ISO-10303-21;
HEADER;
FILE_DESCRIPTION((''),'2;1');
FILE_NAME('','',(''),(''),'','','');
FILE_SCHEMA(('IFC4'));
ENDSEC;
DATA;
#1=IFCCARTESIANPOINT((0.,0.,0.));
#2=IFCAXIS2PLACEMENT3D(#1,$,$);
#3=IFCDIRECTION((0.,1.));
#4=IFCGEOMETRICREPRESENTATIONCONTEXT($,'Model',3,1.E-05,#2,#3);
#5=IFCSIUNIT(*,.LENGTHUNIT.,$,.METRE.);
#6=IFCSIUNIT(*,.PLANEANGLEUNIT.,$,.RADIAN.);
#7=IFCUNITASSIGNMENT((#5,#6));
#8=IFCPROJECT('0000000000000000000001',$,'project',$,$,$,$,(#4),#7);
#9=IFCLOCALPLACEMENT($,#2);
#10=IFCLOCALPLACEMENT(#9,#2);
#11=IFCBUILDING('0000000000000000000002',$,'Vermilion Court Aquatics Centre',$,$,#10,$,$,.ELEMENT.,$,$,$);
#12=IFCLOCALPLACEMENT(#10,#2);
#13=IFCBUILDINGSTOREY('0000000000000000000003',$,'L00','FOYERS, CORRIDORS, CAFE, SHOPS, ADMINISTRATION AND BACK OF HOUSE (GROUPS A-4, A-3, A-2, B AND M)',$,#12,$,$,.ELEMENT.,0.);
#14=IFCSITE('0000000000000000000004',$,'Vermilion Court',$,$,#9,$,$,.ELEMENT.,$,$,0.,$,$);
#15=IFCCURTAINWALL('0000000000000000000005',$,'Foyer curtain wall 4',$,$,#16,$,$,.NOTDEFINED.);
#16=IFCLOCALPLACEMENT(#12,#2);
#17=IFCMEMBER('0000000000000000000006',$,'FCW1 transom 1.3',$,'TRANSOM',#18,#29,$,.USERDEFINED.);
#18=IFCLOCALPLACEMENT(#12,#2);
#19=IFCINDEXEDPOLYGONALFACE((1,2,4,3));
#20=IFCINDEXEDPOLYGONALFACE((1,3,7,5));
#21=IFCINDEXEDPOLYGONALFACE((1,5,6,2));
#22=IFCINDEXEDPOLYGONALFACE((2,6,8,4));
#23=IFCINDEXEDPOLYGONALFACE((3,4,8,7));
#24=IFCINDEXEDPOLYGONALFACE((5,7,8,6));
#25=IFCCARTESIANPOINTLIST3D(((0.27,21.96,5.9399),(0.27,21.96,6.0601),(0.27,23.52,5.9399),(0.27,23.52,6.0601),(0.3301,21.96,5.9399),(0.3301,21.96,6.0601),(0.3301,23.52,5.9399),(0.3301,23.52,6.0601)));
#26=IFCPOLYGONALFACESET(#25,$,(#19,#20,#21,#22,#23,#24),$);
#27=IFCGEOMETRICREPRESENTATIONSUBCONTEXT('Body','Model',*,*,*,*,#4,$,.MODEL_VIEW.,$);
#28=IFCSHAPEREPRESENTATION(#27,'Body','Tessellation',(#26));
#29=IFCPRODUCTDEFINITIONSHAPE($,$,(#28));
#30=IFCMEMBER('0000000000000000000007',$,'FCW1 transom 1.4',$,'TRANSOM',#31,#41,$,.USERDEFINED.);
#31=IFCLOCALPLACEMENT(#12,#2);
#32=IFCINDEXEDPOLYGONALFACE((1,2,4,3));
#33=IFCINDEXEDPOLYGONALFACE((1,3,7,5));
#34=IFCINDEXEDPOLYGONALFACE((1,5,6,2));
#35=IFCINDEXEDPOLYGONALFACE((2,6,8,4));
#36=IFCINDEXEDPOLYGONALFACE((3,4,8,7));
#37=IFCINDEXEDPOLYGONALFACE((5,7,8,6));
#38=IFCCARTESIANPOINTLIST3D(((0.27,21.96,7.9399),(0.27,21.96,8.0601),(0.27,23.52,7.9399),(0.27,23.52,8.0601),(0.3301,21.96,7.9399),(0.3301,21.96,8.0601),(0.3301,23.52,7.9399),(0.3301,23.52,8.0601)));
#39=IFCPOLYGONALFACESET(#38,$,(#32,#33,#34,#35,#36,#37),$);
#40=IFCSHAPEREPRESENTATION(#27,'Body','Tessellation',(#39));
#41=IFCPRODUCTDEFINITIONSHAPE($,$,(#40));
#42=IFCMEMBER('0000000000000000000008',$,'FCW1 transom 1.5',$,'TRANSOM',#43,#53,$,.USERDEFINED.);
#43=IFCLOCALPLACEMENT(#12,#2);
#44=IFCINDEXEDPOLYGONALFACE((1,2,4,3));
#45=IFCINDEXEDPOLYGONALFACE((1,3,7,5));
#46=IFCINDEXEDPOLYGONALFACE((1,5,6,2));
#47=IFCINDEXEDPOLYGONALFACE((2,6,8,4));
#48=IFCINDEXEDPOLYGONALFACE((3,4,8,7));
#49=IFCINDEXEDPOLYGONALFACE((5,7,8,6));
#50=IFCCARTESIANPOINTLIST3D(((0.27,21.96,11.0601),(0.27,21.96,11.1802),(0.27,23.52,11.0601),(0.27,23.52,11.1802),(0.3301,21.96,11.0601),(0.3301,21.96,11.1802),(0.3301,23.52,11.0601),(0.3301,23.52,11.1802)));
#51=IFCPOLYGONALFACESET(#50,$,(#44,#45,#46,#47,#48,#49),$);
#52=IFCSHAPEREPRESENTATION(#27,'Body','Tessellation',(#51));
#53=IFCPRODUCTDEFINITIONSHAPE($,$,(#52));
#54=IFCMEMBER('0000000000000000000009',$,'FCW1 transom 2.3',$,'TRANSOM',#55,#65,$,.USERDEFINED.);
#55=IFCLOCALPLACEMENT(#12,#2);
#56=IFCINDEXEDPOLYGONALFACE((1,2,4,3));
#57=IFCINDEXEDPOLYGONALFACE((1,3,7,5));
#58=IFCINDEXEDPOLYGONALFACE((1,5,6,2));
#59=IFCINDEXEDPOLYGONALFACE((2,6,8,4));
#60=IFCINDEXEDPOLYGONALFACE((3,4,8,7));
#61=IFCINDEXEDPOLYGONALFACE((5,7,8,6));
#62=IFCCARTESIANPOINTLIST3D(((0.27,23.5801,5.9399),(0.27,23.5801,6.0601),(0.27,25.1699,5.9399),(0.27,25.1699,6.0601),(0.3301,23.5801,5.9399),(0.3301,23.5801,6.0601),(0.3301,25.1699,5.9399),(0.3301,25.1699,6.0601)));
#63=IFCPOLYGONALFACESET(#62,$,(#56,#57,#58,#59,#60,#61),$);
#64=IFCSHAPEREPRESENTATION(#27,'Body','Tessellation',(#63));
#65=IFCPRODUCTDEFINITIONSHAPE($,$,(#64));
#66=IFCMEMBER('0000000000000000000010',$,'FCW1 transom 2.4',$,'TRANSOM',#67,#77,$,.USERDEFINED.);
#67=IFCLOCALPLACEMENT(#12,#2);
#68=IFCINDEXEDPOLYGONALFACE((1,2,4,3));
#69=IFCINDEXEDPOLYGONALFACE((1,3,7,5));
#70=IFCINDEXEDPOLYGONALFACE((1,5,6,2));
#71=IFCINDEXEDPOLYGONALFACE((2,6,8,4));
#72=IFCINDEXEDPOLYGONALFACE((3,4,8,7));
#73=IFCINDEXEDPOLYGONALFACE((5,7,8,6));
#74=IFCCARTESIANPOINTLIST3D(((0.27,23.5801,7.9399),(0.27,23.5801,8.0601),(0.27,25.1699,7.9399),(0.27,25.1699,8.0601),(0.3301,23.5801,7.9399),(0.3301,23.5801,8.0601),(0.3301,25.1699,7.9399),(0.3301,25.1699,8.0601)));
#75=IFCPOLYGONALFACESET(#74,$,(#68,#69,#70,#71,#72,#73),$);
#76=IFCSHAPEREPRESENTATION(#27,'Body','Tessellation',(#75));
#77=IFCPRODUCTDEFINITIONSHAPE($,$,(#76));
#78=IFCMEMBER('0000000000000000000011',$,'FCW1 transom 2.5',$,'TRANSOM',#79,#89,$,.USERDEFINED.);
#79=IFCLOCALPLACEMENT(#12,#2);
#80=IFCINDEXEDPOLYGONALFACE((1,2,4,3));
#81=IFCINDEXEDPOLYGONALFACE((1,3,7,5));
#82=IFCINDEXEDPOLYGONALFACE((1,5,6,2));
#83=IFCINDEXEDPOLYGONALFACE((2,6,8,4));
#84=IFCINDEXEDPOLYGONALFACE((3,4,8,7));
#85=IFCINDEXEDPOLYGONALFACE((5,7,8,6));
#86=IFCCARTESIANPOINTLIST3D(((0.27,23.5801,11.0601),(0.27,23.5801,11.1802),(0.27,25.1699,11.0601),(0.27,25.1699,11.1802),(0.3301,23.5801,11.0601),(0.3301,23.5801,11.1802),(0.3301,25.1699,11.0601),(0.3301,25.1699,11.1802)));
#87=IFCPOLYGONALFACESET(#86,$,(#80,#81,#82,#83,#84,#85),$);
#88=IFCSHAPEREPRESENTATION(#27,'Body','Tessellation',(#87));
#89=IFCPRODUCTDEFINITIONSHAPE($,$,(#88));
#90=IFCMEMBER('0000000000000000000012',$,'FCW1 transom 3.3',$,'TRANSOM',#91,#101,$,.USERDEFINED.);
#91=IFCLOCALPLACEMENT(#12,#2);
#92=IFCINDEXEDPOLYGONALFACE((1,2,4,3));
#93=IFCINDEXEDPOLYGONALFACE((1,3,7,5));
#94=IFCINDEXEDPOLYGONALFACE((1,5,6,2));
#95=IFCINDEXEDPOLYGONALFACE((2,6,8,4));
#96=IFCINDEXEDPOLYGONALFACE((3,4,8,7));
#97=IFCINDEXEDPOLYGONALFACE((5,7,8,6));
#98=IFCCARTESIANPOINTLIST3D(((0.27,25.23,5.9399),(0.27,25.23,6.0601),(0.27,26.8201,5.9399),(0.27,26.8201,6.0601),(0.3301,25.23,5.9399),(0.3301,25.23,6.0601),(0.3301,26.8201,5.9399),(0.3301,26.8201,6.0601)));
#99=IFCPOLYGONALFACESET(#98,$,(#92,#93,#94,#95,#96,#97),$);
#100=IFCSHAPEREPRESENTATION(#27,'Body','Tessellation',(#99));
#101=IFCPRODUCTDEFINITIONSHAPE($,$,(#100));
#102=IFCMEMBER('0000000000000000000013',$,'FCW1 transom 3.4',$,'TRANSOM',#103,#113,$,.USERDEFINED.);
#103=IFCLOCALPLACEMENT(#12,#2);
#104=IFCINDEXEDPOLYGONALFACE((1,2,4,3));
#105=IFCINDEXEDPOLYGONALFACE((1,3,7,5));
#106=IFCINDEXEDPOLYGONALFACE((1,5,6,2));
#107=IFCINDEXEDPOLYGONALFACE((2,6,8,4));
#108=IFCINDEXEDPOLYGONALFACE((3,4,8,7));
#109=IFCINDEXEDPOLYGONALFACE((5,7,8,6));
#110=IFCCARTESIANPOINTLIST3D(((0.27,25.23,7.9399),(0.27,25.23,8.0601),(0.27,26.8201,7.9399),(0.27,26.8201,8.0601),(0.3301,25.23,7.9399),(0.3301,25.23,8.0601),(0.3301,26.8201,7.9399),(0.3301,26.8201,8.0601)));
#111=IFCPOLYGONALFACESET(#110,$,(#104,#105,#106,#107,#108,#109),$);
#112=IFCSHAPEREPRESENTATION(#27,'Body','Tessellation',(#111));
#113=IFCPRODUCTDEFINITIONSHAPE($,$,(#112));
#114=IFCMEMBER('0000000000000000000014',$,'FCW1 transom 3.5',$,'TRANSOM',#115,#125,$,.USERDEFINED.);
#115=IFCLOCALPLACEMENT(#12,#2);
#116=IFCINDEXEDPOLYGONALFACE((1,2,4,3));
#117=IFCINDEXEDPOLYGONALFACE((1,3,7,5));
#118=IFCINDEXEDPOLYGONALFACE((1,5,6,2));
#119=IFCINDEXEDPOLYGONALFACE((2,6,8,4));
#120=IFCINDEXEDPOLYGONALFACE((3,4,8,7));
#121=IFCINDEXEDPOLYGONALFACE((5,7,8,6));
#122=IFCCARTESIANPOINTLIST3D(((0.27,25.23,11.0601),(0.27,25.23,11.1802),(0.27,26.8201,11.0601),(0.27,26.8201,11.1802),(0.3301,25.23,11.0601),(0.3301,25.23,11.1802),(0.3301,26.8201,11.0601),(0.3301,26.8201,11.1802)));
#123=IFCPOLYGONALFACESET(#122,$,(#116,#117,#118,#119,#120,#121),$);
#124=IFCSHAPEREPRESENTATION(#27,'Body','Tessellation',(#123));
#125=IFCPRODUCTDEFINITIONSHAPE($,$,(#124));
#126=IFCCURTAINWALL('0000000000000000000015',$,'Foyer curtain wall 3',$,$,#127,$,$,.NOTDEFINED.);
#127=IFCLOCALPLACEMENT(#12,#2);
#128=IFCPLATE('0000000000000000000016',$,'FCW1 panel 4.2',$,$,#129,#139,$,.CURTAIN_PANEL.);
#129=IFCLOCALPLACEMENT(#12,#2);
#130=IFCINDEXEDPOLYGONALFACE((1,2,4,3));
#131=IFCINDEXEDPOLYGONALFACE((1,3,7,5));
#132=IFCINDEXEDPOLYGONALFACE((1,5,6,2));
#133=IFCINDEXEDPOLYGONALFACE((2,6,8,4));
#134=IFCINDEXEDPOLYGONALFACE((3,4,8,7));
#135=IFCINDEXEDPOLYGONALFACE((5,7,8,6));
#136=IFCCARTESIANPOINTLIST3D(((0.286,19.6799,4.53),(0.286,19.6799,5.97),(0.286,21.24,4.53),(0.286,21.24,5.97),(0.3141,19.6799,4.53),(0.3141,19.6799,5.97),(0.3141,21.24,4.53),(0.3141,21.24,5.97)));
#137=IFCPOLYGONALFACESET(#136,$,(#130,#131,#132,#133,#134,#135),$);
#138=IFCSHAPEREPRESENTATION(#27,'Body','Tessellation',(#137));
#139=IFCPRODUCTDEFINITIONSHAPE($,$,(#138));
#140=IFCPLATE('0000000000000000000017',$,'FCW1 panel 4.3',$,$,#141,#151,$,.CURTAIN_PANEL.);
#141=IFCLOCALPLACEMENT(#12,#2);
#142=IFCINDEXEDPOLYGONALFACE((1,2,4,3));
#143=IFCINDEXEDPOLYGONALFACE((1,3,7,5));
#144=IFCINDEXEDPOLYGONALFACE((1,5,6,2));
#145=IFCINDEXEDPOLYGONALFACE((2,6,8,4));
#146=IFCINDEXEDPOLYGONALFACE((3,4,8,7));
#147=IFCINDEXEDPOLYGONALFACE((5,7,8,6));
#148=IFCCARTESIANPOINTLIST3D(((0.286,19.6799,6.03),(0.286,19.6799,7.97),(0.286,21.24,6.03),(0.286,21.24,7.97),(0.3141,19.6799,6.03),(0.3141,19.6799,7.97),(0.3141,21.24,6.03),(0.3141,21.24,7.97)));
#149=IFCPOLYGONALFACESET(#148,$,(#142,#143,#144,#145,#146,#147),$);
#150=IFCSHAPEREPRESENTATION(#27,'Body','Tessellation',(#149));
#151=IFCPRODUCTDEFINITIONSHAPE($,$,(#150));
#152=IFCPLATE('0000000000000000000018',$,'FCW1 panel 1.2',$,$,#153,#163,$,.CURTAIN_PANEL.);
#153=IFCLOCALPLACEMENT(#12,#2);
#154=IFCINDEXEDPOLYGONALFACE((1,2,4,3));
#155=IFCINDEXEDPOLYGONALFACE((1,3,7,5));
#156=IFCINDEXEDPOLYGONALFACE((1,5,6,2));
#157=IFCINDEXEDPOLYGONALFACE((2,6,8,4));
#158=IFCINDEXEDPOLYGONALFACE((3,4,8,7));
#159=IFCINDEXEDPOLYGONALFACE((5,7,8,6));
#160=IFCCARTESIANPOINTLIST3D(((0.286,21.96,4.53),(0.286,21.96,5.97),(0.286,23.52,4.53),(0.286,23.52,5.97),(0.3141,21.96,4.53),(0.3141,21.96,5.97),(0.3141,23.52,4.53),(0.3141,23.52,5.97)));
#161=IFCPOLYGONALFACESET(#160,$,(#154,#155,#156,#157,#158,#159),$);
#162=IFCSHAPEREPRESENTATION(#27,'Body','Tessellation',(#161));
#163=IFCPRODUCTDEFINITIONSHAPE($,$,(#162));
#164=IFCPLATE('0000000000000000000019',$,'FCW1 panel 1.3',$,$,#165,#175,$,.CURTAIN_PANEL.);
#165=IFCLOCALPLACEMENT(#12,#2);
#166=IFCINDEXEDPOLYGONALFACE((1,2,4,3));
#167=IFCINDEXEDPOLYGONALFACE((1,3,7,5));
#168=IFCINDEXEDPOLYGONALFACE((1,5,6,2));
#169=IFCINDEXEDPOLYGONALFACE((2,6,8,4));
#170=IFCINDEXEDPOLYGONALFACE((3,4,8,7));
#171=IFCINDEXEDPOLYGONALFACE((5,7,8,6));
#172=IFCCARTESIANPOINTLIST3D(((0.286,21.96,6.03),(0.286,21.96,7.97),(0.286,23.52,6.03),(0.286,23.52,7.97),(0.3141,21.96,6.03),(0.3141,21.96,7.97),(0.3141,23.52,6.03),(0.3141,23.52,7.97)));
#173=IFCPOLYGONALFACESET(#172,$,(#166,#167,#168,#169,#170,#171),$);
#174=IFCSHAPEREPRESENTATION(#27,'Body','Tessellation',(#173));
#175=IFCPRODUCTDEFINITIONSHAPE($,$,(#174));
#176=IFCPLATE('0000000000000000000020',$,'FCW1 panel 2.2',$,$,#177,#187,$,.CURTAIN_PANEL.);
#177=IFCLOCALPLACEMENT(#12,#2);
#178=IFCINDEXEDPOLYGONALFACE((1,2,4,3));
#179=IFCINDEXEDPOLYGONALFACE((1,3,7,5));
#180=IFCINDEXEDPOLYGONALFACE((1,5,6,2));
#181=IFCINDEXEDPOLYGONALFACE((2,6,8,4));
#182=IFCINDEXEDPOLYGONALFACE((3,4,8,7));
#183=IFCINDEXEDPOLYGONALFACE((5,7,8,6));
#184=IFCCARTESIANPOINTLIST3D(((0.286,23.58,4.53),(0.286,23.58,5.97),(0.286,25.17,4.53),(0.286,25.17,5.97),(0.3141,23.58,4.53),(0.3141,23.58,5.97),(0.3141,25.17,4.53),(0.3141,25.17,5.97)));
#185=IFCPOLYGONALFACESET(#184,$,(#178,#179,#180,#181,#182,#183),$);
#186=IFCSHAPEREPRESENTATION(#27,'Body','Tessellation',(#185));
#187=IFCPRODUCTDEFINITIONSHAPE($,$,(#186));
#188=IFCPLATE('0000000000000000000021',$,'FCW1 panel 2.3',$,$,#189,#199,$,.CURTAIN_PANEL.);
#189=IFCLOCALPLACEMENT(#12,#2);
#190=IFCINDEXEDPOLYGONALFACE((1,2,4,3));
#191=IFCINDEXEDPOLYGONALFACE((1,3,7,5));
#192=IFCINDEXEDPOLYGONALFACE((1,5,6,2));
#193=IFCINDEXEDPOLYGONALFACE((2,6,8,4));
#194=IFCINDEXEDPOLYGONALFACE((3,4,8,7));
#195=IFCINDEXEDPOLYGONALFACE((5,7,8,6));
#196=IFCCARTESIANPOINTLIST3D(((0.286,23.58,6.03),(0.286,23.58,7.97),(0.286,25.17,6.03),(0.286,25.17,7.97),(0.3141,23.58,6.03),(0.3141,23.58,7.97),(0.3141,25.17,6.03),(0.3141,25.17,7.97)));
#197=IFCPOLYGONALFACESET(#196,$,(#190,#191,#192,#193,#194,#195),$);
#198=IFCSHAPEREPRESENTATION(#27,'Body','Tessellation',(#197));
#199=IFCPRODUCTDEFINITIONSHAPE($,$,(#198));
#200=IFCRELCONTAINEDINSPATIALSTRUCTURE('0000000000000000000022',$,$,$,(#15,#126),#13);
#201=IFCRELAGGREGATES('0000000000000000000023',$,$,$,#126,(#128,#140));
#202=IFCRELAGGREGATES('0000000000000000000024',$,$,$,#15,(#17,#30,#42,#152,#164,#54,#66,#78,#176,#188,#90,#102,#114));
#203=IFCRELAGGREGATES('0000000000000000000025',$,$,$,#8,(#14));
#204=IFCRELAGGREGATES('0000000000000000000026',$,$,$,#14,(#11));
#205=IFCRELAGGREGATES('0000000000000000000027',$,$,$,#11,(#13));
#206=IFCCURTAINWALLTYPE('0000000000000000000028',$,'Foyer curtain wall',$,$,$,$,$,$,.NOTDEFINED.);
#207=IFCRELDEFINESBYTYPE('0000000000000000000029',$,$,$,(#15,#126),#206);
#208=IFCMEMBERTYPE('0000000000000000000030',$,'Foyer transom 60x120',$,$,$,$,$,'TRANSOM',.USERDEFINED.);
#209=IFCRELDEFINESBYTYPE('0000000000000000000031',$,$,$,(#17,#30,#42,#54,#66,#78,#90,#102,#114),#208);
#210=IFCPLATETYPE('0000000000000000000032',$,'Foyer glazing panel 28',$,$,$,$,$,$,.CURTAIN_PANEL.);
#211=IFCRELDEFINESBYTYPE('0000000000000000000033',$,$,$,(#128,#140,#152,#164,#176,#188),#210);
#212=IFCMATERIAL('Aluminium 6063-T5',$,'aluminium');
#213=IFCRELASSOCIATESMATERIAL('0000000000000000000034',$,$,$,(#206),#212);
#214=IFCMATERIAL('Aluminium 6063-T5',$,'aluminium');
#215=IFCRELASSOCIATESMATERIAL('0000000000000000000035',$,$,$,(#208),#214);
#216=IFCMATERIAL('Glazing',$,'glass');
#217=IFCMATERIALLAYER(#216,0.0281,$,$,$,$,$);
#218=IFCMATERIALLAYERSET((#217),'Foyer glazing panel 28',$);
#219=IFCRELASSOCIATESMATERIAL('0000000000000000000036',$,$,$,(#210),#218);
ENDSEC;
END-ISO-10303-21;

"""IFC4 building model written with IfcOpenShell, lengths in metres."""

from ifc_helpers import new_model, si_unit, direction, frame, origin, origin_2d, place, context, subcontext, project, spatial, rectangle, extrude, material, layer, layer_set, material_profile, profile_set, type_object, element, aggregate, save


model = new_model("IFC4")

# Units and contexts
model_context = context("Model", 3, precision=1e-05, world=origin(), true_north=direction((0.0, 1.0)))
body_context = subcontext(model_context, "Body", "Model", "MODEL_VIEW")
ifc_project = project(units=[si_unit("LENGTHUNIT", "METRE"), si_unit("PLANEANGLEUNIT", "RADIAN")], contexts=[model_context])

# Site, building, storey
site_placement = place(None, origin())
site = spatial("IfcSite", under=ifc_project, at=site_placement, Name="Vermilion Court", CompositionType="ELEMENT", RefElevation=0.0)
building_placement = place(site_placement, origin())
building = spatial("IfcBuilding", under=site, at=building_placement, Name="Vermilion Court Aquatics Centre", CompositionType="ELEMENT")
storey_placement = place(building_placement, origin())
storey = spatial("IfcBuildingStorey", under=building, at=storey_placement, Name="L00", Description="FOYERS, CORRIDORS, CAFE, SHOPS, ADMINISTRATION AND BACK OF HOUSE (GROUPS A-4, A-3, A-2, B AND M)", CompositionType="ELEMENT", Elevation=0.0)

# Curtain wall, members
ifc_material_1 = material(Name="Aluminium 6063-T5", Category="aluminium")
curtain_wall_type = type_object("IfcCurtainWallType", Name="Foyer curtain wall", PredefinedType="NOTDEFINED", material=ifc_material_1)
curtain_wall_1_placement = place(storey_placement, origin())
curtain_wall_1 = element("IfcCurtainWall", 1, at=curtain_wall_1_placement, inside=storey, type_object=curtain_wall_type, Name="Foyer curtain wall 4", PredefinedType="NOTDEFINED")
ifc_material_2 = material(Name="Aluminium 6063-T5", Category="aluminium")
ifc_material_profile = material_profile(ifc_material_2, rectangle(XDim=0.0601, YDim=0.1201, at=origin_2d()), Name="Aluminium 60x120")
ifc_profile_set = profile_set([ifc_material_profile], Name="Aluminium 6063-T5")
member_type = type_object("IfcMemberType", Name="Foyer transom 60x120", ElementType="TRANSOM", PredefinedType="USERDEFINED", material=ifc_profile_set)
member_1_placement = place(storey_placement, frame((0.3, 21.96, 6.0), z_axis=(0.0, 1.0, 0.0), x_axis=(-1.0, 0.0, 0.0)))
member_1 = element("IfcMember", 2, at=member_1_placement, type_object=member_type, Name="FCW1 transom 1.3", ObjectType="TRANSOM", PredefinedType="USERDEFINED", context=body_context, shape_type="SweptSolid", body=[
    extrude(rectangle(XDim=0.0601, YDim=0.1201, at=origin_2d()), origin(), (0.0, 0.0, 1.0), 1.5601),
])
member_2_placement = place(storey_placement, frame((0.3, 21.96, 8.0), z_axis=(0.0, 1.0, 0.0), x_axis=(-1.0, 0.0, 0.0)))
member_2 = element("IfcMember", 3, at=member_2_placement, type_object=member_type, Name="FCW1 transom 1.4", ObjectType="TRANSOM", PredefinedType="USERDEFINED", context=body_context, shape_type="SweptSolid", body=[
    extrude(rectangle(XDim=0.0601, YDim=0.1201, at=origin_2d()), origin(), (0.0, 0.0, 1.0), 1.5601),
])
member_3_placement = place(storey_placement, frame((0.3, 21.96, 11.1201), z_axis=(0.0, 1.0, 0.0), x_axis=(-1.0, 0.0, 0.0)))
member_3 = element("IfcMember", 4, at=member_3_placement, type_object=member_type, Name="FCW1 transom 1.5", ObjectType="TRANSOM", PredefinedType="USERDEFINED", context=body_context, shape_type="SweptSolid", body=[
    extrude(rectangle(XDim=0.0601, YDim=0.1201, at=origin_2d()), origin(), (0.0, 0.0, 1.0), 1.5601),
])
member_4_placement = place(storey_placement, frame((0.3, 23.5801, 6.0), z_axis=(0.0, 1.0, 0.0), x_axis=(-1.0, 0.0, 0.0)))
member_4 = element("IfcMember", 5, at=member_4_placement, type_object=member_type, Name="FCW1 transom 2.3", ObjectType="TRANSOM", PredefinedType="USERDEFINED", context=body_context, shape_type="SweptSolid", body=[
    extrude(rectangle(XDim=0.0601, YDim=0.1201, at=origin_2d()), origin(), (0.0, 0.0, 1.0), 1.5898),
])
member_5_placement = place(storey_placement, frame((0.3, 23.5801, 8.0), z_axis=(0.0, 1.0, 0.0), x_axis=(-1.0, 0.0, 0.0)))
member_5 = element("IfcMember", 6, at=member_5_placement, type_object=member_type, Name="FCW1 transom 2.4", ObjectType="TRANSOM", PredefinedType="USERDEFINED", context=body_context, shape_type="SweptSolid", body=[
    extrude(rectangle(XDim=0.0601, YDim=0.1201, at=origin_2d()), origin(), (0.0, 0.0, 1.0), 1.5898),
])
member_6_placement = place(storey_placement, frame((0.3, 23.5801, 11.1201), z_axis=(0.0, 1.0, 0.0), x_axis=(-1.0, 0.0, 0.0)))
member_6 = element("IfcMember", 7, at=member_6_placement, type_object=member_type, Name="FCW1 transom 2.5", ObjectType="TRANSOM", PredefinedType="USERDEFINED", context=body_context, shape_type="SweptSolid", body=[
    extrude(rectangle(XDim=0.0601, YDim=0.1201, at=origin_2d()), origin(), (0.0, 0.0, 1.0), 1.5898),
])
member_7_placement = place(storey_placement, frame((0.3, 25.23, 6.0), z_axis=(0.0, 1.0, 0.0), x_axis=(-1.0, 0.0, 0.0)))
member_7 = element("IfcMember", 8, at=member_7_placement, type_object=member_type, Name="FCW1 transom 3.3", ObjectType="TRANSOM", PredefinedType="USERDEFINED", context=body_context, shape_type="SweptSolid", body=[
    extrude(rectangle(XDim=0.0601, YDim=0.1201, at=origin_2d()), origin(), (0.0, 0.0, 1.0), 1.5901),
])
member_8_placement = place(storey_placement, frame((0.3, 25.23, 8.0), z_axis=(0.0, 1.0, 0.0), x_axis=(-1.0, 0.0, 0.0)))
member_8 = element("IfcMember", 9, at=member_8_placement, type_object=member_type, Name="FCW1 transom 3.4", ObjectType="TRANSOM", PredefinedType="USERDEFINED", context=body_context, shape_type="SweptSolid", body=[
    extrude(rectangle(XDim=0.0601, YDim=0.1201, at=origin_2d()), origin(), (0.0, 0.0, 1.0), 1.5901),
])
member_9_placement = place(storey_placement, frame((0.3, 25.23, 11.1201), z_axis=(0.0, 1.0, 0.0), x_axis=(-1.0, 0.0, 0.0)))
member_9 = element("IfcMember", 10, at=member_9_placement, type_object=member_type, Name="FCW1 transom 3.5", ObjectType="TRANSOM", PredefinedType="USERDEFINED", context=body_context, shape_type="SweptSolid", body=[
    extrude(rectangle(XDim=0.0601, YDim=0.1201, at=origin_2d()), origin(), (0.0, 0.0, 1.0), 1.5901),
])

# Curtain wall, plates
curtain_wall_2_placement = place(storey_placement, origin())
curtain_wall_2 = element("IfcCurtainWall", 11, at=curtain_wall_2_placement, inside=storey, type_object=curtain_wall_type, Name="Foyer curtain wall 3", PredefinedType="NOTDEFINED")
ifc_material_3 = material(Name="Glazing", Category="glass")
ifc_layer_1 = layer(ifc_material_3, 0.0281)
ifc_layer_set_1 = layer_set([ifc_layer_1], Name="Foyer glazing panel 28")
plate_type_1 = type_object("IfcPlateType", Name="Foyer glazing panel 28", PredefinedType="CURTAIN_PANEL", material=ifc_layer_set_1)
plate_1_placement = place(storey_placement, frame((0.3, 20.46, 4.53), z_axis=(0.0, 0.0, 1.0), x_axis=(0.0, 1.0, 0.0)))
plate_1 = element("IfcPlate", 12, at=plate_1_placement, type_object=plate_type_1, Name="FCW1 panel 4.2", PredefinedType="CURTAIN_PANEL", context=body_context, shape_type="SweptSolid", body=[
    extrude(rectangle(XDim=1.5601, YDim=0.0281, at=origin_2d()), origin(), (0.0, 0.0, 1.0), 1.4399),
])
plate_2_placement = place(storey_placement, frame((0.3, 20.46, 6.03), z_axis=(0.0, 0.0, 1.0), x_axis=(0.0, 1.0, 0.0)))
plate_2 = element("IfcPlate", 13, at=plate_2_placement, type_object=plate_type_1, Name="FCW1 panel 4.3", PredefinedType="CURTAIN_PANEL", context=body_context, shape_type="SweptSolid", body=[
    extrude(rectangle(XDim=1.5601, YDim=0.0281, at=origin_2d()), origin(), (0.0, 0.0, 1.0), 1.9399),
])

# Plates
plate_3_placement = place(storey_placement, frame((0.3, 22.74, 4.53), z_axis=(0.0, 0.0, 1.0), x_axis=(0.0, 1.0, 0.0)))
plate_3 = element("IfcPlate", 14, at=plate_3_placement, type_object=plate_type_1, Name="FCW1 panel 1.2", PredefinedType="CURTAIN_PANEL", context=body_context, shape_type="SweptSolid", body=[
    extrude(rectangle(XDim=1.5601, YDim=0.0281, at=origin_2d()), origin(), (0.0, 0.0, 1.0), 1.4399),
])
plate_4_placement = place(storey_placement, frame((0.3, 22.74, 6.03), z_axis=(0.0, 0.0, 1.0), x_axis=(0.0, 1.0, 0.0)))
plate_4 = element("IfcPlate", 15, at=plate_4_placement, type_object=plate_type_1, Name="FCW1 panel 1.3", PredefinedType="CURTAIN_PANEL", context=body_context, shape_type="SweptSolid", body=[
    extrude(rectangle(XDim=1.5601, YDim=0.0281, at=origin_2d()), origin(), (0.0, 0.0, 1.0), 1.9399),
])
plate_5_placement = place(storey_placement, frame((0.3, 24.375, 4.53), z_axis=(0.0, 0.0, 1.0), x_axis=(0.0, 1.0, 0.0)))
plate_5 = element("IfcPlate", 16, at=plate_5_placement, type_object=plate_type_1, Name="FCW1 panel 2.2", PredefinedType="CURTAIN_PANEL", context=body_context, shape_type="SweptSolid", body=[
    extrude(rectangle(XDim=1.5901, YDim=0.0281, at=origin_2d()), origin(), (0.0, 0.0, 1.0), 1.4399),
])
plate_6_placement = place(storey_placement, frame((0.3, 24.375, 6.03), z_axis=(0.0, 0.0, 1.0), x_axis=(0.0, 1.0, 0.0)))
plate_6 = element("IfcPlate", 17, at=plate_6_placement, type_object=plate_type_1, Name="FCW1 panel 2.3", PredefinedType="CURTAIN_PANEL", context=body_context, shape_type="SweptSolid", body=[
    extrude(rectangle(XDim=1.5901, YDim=0.0281, at=origin_2d()), origin(), (0.0, 0.0, 1.0), 1.9399),
])
aggregate(curtain_wall_2, [plate_1, plate_2])
aggregate(curtain_wall_1, [member_1, member_2, member_3, plate_3, plate_4, member_4, member_5, member_6, plate_5, plate_6, member_7, member_8, member_9])

save(model, "model.ifc")
